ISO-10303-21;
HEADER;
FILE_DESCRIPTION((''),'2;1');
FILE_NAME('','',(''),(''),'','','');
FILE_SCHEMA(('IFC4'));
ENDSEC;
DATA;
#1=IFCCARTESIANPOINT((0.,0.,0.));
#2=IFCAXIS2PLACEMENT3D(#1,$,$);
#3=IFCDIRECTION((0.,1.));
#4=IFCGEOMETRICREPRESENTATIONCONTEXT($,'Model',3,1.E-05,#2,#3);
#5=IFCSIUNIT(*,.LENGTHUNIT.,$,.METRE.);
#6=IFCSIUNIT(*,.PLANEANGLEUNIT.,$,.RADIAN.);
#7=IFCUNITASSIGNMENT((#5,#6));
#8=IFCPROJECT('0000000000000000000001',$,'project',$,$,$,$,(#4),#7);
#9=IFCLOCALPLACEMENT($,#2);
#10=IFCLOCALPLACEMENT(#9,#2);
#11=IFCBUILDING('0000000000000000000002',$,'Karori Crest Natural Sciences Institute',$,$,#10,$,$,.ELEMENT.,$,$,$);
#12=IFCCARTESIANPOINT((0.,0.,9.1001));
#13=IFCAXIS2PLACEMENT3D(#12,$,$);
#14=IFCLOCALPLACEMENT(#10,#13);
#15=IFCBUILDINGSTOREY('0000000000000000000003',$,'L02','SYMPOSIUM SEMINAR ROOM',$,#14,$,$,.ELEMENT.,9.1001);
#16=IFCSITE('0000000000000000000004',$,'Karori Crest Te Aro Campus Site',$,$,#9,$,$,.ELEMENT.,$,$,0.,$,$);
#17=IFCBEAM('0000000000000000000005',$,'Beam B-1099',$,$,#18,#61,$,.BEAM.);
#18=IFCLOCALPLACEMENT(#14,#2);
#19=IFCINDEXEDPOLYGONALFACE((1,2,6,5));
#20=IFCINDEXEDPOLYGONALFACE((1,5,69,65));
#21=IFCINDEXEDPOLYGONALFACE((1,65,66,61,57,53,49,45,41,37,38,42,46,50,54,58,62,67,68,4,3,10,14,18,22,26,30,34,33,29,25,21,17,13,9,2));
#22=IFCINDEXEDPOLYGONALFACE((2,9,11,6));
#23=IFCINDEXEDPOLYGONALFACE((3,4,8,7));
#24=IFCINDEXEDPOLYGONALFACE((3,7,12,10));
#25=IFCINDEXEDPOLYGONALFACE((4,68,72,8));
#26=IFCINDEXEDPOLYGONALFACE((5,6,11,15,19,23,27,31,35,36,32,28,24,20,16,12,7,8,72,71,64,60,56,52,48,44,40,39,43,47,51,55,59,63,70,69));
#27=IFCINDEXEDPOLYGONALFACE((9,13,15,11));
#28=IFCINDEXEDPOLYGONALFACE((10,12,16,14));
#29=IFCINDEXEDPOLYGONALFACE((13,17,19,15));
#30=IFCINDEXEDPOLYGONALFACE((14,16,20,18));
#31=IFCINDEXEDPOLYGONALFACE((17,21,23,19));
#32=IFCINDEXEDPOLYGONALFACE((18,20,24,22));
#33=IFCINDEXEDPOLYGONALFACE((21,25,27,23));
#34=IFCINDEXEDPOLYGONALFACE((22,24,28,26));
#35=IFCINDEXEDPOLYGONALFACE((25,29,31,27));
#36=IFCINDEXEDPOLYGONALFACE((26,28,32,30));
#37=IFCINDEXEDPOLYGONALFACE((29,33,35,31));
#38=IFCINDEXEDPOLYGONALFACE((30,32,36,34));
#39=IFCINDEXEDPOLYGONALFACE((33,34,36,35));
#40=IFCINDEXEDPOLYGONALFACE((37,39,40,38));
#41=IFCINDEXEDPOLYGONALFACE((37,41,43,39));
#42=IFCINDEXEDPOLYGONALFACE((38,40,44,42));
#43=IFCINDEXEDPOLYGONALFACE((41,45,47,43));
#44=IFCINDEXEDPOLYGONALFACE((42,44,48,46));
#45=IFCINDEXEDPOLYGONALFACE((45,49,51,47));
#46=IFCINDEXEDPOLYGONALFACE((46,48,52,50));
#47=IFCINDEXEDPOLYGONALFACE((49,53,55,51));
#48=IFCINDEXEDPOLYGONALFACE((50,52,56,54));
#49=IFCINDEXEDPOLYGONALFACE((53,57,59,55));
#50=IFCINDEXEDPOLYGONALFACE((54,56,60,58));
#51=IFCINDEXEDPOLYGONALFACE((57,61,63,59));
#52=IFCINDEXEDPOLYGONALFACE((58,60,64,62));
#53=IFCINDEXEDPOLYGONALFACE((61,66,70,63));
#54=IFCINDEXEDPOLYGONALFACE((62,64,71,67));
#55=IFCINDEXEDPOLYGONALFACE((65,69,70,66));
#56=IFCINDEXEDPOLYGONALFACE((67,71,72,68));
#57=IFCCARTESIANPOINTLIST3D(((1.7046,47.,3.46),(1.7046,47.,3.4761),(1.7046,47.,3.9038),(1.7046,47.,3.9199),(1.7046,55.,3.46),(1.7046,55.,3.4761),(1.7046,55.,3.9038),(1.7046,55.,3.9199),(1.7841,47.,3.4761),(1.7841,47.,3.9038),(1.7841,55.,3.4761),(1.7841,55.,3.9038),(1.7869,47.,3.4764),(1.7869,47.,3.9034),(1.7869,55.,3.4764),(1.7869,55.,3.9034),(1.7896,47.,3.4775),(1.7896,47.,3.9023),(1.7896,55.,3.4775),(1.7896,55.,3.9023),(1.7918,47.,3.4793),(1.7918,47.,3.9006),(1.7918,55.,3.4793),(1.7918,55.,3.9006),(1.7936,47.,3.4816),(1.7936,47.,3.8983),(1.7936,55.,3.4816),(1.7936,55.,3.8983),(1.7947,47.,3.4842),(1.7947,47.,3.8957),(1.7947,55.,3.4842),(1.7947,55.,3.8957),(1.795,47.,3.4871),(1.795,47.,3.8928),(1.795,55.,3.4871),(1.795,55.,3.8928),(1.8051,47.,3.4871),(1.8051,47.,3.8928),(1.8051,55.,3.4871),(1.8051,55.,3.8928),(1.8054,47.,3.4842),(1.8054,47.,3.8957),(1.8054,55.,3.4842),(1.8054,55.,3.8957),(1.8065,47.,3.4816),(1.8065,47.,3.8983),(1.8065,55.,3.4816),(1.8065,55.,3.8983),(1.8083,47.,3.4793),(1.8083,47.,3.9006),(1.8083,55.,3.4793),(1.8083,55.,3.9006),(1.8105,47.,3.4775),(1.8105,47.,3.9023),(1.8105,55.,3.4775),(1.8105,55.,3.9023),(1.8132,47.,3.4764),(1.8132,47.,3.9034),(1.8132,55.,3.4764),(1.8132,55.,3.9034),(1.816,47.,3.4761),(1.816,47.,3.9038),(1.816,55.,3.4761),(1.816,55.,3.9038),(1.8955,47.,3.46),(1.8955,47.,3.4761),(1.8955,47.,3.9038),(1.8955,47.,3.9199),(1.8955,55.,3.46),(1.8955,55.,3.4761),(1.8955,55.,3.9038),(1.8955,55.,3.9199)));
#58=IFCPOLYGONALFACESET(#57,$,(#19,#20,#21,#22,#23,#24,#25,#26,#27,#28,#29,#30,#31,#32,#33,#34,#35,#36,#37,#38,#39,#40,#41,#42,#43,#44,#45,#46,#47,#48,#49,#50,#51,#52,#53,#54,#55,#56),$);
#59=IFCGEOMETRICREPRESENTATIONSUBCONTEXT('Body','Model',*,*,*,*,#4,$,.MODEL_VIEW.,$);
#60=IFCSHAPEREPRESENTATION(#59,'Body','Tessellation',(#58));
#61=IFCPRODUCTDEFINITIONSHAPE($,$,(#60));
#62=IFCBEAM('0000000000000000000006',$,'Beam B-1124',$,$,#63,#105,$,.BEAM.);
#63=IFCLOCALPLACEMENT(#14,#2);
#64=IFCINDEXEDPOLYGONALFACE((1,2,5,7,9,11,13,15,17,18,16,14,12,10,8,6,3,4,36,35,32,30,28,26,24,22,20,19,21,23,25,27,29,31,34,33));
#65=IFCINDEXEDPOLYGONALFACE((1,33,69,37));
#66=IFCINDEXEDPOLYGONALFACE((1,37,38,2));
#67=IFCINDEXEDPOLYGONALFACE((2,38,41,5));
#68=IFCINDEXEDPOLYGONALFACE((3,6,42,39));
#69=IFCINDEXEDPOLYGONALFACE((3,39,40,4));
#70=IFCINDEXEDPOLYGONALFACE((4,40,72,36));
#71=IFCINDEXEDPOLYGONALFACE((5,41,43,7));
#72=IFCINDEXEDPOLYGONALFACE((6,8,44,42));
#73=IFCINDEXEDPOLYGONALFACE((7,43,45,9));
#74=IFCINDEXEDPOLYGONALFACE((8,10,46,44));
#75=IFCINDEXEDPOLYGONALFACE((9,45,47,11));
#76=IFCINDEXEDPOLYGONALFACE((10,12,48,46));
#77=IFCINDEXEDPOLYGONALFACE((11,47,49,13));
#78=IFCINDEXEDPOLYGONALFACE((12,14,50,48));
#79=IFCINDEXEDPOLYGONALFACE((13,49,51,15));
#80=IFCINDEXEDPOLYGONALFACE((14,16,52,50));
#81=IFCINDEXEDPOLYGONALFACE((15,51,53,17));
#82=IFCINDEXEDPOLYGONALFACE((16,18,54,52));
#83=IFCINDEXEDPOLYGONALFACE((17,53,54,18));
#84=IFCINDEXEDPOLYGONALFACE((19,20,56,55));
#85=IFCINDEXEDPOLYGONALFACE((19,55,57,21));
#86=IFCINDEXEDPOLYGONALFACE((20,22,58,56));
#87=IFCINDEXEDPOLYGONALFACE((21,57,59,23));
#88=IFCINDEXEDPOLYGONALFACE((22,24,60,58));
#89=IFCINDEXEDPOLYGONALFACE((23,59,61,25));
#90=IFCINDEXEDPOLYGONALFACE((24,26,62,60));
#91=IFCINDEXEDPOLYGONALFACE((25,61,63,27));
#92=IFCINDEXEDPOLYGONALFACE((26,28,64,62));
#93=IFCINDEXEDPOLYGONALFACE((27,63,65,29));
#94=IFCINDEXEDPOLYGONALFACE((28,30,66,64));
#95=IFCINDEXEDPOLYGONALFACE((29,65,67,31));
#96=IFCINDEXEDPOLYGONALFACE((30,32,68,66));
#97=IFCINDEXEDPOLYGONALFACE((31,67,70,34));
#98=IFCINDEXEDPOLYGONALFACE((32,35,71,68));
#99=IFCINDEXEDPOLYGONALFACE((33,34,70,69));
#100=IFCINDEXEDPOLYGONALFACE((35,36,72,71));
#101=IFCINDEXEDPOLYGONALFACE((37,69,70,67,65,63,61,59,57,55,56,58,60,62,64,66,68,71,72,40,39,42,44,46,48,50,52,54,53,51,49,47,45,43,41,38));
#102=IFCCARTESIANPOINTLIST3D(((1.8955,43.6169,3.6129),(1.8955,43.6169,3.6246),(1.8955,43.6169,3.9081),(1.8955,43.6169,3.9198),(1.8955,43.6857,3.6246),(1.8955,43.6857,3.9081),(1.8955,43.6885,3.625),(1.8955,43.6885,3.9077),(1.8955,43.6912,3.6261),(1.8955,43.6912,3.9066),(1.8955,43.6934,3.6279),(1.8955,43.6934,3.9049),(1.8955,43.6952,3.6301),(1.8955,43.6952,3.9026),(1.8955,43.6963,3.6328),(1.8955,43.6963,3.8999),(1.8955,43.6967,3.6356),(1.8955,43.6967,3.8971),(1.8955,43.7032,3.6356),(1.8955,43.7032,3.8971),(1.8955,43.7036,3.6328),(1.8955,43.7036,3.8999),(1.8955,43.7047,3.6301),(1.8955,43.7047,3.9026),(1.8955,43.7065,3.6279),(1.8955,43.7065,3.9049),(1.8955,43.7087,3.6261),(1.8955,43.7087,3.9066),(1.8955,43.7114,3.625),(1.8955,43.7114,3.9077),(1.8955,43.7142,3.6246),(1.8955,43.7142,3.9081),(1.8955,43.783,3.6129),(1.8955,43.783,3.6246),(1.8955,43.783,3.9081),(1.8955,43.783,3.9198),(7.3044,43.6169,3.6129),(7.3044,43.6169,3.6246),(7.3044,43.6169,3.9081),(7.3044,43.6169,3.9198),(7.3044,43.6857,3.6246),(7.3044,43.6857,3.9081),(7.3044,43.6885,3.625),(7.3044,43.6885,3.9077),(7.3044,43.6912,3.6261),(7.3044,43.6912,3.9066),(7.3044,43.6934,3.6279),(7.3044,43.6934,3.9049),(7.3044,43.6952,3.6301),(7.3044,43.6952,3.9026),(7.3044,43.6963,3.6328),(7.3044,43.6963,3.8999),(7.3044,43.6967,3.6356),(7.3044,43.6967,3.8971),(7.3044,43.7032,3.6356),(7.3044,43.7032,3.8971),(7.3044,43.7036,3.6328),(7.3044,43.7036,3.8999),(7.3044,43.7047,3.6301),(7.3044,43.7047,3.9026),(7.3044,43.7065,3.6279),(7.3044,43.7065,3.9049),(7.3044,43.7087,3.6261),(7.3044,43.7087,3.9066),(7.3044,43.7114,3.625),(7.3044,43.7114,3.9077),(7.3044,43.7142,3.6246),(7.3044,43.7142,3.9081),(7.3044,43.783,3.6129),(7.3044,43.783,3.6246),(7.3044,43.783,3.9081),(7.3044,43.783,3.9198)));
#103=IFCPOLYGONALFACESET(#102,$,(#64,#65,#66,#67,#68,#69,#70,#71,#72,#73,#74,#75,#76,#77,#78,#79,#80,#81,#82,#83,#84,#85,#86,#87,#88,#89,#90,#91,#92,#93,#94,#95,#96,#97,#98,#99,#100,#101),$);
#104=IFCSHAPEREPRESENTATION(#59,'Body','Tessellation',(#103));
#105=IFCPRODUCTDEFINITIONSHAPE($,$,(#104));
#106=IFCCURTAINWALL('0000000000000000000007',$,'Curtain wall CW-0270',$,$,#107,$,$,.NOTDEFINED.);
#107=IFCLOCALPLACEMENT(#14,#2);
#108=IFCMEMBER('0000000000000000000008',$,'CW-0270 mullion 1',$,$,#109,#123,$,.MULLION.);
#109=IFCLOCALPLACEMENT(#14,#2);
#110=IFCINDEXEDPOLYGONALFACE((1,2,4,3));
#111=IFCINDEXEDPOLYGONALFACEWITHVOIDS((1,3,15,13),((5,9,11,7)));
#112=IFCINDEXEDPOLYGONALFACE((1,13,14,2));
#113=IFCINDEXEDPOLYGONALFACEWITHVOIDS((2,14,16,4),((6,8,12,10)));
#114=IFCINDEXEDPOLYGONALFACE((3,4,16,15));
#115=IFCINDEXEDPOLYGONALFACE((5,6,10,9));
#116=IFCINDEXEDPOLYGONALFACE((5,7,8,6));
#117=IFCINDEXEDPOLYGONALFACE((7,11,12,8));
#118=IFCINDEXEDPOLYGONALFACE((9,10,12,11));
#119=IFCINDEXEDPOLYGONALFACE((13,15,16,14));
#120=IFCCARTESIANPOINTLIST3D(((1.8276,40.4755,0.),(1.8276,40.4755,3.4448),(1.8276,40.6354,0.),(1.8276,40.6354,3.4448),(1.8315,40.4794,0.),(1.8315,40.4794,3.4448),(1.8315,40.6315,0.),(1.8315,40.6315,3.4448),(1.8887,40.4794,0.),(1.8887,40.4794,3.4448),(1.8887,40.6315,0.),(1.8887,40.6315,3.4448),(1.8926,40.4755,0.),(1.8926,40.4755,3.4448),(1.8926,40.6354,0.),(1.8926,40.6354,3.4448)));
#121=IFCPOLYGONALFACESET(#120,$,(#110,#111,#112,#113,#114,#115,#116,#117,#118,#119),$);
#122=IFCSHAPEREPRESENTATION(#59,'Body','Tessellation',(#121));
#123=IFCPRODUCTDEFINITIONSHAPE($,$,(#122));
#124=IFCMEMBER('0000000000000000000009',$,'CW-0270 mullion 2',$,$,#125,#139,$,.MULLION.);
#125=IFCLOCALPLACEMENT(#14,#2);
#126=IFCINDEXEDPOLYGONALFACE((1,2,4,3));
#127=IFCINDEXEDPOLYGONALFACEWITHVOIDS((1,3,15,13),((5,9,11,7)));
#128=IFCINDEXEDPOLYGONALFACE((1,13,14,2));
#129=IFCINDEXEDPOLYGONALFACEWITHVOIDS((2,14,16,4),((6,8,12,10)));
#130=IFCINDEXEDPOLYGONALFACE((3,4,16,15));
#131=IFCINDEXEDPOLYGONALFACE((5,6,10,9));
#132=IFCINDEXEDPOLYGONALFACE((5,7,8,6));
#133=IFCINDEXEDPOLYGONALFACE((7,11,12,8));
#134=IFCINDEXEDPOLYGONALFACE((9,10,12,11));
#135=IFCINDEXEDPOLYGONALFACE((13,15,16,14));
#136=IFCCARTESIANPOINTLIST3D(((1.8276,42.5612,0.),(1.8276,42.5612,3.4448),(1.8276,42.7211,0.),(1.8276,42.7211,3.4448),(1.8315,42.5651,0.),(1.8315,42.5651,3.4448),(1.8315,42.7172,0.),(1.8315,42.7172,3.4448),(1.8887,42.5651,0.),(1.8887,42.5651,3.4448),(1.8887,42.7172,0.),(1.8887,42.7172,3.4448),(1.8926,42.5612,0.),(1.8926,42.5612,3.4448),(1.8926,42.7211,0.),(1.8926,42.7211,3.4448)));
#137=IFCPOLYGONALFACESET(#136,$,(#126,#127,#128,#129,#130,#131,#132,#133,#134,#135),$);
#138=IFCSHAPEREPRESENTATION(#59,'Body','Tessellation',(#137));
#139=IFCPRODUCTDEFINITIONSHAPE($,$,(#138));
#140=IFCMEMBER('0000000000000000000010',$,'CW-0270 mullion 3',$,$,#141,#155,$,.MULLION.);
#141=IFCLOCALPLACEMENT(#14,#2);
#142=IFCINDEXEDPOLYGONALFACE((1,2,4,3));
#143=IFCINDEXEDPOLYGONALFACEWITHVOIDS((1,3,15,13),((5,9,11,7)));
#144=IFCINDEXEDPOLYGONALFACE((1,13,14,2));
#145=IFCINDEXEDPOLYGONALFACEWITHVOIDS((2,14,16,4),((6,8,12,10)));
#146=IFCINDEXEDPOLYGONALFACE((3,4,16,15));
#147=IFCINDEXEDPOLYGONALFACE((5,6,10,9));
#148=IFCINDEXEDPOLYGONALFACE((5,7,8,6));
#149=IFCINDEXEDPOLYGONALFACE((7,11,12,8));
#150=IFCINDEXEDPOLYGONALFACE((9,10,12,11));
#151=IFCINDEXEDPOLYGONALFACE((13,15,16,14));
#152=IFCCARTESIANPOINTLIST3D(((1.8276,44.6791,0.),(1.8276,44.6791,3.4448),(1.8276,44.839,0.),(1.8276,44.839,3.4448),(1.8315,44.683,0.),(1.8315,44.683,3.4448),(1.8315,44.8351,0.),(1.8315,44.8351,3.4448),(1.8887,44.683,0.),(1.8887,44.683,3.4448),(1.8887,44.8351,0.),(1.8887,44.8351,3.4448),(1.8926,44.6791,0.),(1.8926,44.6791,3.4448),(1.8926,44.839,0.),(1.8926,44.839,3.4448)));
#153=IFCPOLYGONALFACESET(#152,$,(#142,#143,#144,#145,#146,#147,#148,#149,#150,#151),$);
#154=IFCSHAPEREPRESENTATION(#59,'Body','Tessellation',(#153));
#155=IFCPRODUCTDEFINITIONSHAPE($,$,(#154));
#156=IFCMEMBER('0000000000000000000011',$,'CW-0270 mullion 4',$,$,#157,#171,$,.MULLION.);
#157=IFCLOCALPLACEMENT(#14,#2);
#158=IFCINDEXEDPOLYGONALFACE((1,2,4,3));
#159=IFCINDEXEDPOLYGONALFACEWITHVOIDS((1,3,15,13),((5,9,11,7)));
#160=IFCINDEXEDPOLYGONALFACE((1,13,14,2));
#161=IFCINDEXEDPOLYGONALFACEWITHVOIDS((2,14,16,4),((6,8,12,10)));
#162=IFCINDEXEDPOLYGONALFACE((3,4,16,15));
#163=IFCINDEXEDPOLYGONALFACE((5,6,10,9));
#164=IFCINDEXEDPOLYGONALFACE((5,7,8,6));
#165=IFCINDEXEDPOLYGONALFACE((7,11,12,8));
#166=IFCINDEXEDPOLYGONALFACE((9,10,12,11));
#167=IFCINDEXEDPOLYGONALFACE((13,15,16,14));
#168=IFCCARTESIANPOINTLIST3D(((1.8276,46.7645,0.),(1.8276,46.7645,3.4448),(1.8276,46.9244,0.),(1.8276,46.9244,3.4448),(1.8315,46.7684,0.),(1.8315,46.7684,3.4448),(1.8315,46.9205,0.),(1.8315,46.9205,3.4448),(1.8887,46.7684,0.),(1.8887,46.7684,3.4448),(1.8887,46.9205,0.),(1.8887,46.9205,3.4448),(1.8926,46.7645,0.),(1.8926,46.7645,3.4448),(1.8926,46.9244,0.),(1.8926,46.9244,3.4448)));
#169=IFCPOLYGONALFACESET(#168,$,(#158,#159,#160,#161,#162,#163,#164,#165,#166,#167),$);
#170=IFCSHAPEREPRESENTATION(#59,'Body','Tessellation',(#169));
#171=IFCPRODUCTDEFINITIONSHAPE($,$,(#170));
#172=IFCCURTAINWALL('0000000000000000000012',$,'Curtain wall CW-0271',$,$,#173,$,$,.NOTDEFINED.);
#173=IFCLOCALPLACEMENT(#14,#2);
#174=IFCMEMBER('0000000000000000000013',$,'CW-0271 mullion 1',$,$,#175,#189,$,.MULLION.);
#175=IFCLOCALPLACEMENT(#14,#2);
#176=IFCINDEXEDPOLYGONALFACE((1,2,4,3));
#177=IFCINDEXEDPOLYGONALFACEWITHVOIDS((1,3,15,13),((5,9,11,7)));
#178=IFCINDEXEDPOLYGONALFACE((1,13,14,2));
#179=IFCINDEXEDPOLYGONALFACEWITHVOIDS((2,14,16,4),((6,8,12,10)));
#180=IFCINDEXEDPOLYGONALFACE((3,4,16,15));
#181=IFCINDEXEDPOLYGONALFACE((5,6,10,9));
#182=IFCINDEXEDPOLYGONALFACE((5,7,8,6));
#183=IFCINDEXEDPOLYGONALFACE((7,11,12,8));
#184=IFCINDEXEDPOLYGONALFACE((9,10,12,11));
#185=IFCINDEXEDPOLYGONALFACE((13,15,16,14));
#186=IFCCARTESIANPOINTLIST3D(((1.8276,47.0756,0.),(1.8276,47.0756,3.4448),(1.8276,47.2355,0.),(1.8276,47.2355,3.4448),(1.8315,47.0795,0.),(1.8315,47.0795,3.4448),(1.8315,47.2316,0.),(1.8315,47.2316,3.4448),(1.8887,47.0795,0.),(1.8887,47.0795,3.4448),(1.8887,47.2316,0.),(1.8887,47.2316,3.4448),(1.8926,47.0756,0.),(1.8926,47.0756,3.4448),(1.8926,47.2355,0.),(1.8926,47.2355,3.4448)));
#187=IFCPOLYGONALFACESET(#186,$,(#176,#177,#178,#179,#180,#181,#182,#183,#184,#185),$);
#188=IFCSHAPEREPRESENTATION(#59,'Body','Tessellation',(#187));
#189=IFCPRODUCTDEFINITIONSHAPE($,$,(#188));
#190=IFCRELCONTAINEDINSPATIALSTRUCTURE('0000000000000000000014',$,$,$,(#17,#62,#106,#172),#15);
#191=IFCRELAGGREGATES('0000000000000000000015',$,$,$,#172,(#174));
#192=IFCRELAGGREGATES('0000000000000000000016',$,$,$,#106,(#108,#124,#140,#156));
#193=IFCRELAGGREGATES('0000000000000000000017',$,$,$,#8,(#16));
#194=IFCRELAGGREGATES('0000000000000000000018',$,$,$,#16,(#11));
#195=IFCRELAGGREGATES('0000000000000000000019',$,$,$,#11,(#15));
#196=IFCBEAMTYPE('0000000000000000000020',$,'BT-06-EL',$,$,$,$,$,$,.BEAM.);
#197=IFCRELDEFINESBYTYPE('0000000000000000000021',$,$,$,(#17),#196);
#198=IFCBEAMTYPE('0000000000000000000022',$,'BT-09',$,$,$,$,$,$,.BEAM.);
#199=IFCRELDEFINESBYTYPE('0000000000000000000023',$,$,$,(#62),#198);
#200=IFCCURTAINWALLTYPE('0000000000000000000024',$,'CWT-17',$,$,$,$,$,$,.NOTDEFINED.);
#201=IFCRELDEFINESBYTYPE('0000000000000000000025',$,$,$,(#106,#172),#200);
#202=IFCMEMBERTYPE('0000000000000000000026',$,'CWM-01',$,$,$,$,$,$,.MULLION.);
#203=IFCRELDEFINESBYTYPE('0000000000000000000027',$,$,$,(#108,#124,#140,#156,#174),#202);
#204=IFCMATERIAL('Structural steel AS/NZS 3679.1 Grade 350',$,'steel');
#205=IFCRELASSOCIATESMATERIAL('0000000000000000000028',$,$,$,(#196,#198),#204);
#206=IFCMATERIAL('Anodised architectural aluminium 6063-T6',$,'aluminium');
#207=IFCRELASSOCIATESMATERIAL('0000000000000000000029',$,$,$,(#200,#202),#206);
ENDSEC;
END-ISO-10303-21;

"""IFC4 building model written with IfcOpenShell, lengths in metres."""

from ifc_helpers import new_model, si_unit, direction, frame, origin, origin_2d, place, context, subcontext, project, spatial, hollow_rectangle, i_section, extrude, material, material_profile, profile_set, type_object, element, aggregate, save


model = new_model("IFC4")

# Units and contexts
model_context = context("Model", 3, precision=1e-05, world=origin(), true_north=direction((0.0, 1.0)))
body_context = subcontext(model_context, "Body", "Model", "MODEL_VIEW")
ifc_project = project(units=[si_unit("LENGTHUNIT", "METRE"), si_unit("PLANEANGLEUNIT", "RADIAN")], contexts=[model_context])

# Site, building, storey
site_placement = place(None, origin())
site = spatial("IfcSite", under=ifc_project, at=site_placement, Name="Karori Crest Te Aro Campus Site", CompositionType="ELEMENT", RefElevation=0.0)
building_placement = place(site_placement, origin())
building = spatial("IfcBuilding", under=site, at=building_placement, Name="Karori Crest Natural Sciences Institute", CompositionType="ELEMENT")
storey_placement = place(building_placement, frame((0.0, 0.0, 9.1001)))
storey = spatial("IfcBuildingStorey", under=building, at=storey_placement, Name="L02", Description="SYMPOSIUM SEMINAR ROOM", CompositionType="ELEMENT", Elevation=9.1001)

# Beams
ifc_material_1 = material(Name="Structural steel AS/NZS 3679.1 Grade 350", Category="steel")
ifc_material_profile_1 = material_profile(ifc_material_1, i_section(OverallWidth=0.1909, OverallDepth=0.46, WebThickness=0.01, FlangeThickness=0.0161, FilletRadius=0.011, at=origin_2d()), Name="460UB82.1")
ifc_profile_set_1 = profile_set([ifc_material_profile_1], Name="Structural steel AS/NZS 3679.1 Grade 350")
beam_type_1 = type_object("IfcBeamType", Name="BT-06-EL", PredefinedType="BEAM", material=ifc_profile_set_1)
beam_1_placement = place(storey_placement, frame((1.8, 47.0, 3.6899), z_axis=(0.0, 1.0, 0.0), x_axis=(-1.0, 0.0, 0.0)))
element("IfcBeam", 1, at=beam_1_placement, inside=storey, type_object=beam_type_1, Name="Beam B-1099", PredefinedType="BEAM", context=body_context, shape_type="SweptSolid", body=[
    extrude(i_section(OverallWidth=0.1909, OverallDepth=0.46, WebThickness=0.01, FlangeThickness=0.0161, FilletRadius=0.011, at=origin_2d()), origin(), (0.0, 0.0, 1.0), 8.0),
])
ifc_material_profile_2 = material_profile(ifc_material_1, i_section(OverallWidth=0.166, OverallDepth=0.3069, WebThickness=0.0066, FlangeThickness=0.0117, FilletRadius=0.011, at=origin_2d()), Name="310UB46.2")
ifc_profile_set_2 = profile_set([ifc_material_profile_2], Name="Structural steel AS/NZS 3679.1 Grade 350")
beam_type_2 = type_object("IfcBeamType", Name="BT-09", PredefinedType="BEAM", material=ifc_profile_set_2)
beam_2_placement = place(storey_placement, frame((1.8955, 43.7, 3.7664), z_axis=(1.0, 0.0, 0.0), x_axis=(0.0, 1.0, 0.0)))
element("IfcBeam", 2, at=beam_2_placement, inside=storey, type_object=beam_type_2, Name="Beam B-1124", PredefinedType="BEAM", context=body_context, shape_type="SweptSolid", body=[
    extrude(i_section(OverallWidth=0.166, OverallDepth=0.3069, WebThickness=0.0066, FlangeThickness=0.0117, FilletRadius=0.011, at=origin_2d()), origin(), (0.0, 0.0, 1.0), 5.4089),
])

# Curtain wall, members
ifc_material_2 = material(Name="Anodised architectural aluminium 6063-T6", Category="aluminium")
curtain_wall_type = type_object("IfcCurtainWallType", Name="CWT-17", PredefinedType="NOTDEFINED", material=ifc_material_2)
curtain_wall_1_placement = place(storey_placement, origin())
curtain_wall_1 = element("IfcCurtainWall", 3, at=curtain_wall_1_placement, inside=storey, type_object=curtain_wall_type, Name="Curtain wall CW-0270", PredefinedType="NOTDEFINED")
ifc_material_profile_3 = material_profile(ifc_material_2, hollow_rectangle(XDim=0.0649, YDim=0.1599, WallThickness=0.0039, at=origin_2d()), Name="CWM160x65x4")
ifc_profile_set_3 = profile_set([ifc_material_profile_3], Name="Anodised architectural aluminium 6063-T6")
member_type_1 = type_object("IfcMemberType", Name="CWM-01", PredefinedType="MULLION", material=ifc_profile_set_3)
member_1_placement = place(storey_placement, frame((1.8601, 40.5554, 0.0), z_axis=(0.0, 0.0, 1.0), x_axis=(-1.0, 0.0, 0.0)))
member_1 = element("IfcMember", 4, at=member_1_placement, type_object=member_type_1, Name="CW-0270 mullion 1", PredefinedType="MULLION", context=body_context, shape_type="SweptSolid", body=[
    extrude(hollow_rectangle(XDim=0.0649, YDim=0.1599, WallThickness=0.0039, at=origin_2d()), origin(), (0.0, 0.0, 1.0), 3.4448),
])
member_2_placement = place(storey_placement, frame((1.8601, 42.6411, 0.0), z_axis=(0.0, 0.0, 1.0), x_axis=(-1.0, 0.0, 0.0)))
member_2 = element("IfcMember", 5, at=member_2_placement, type_object=member_type_1, Name="CW-0270 mullion 2", PredefinedType="MULLION", context=body_context, shape_type="SweptSolid", body=[
    extrude(hollow_rectangle(XDim=0.0649, YDim=0.1599, WallThickness=0.0039, at=origin_2d()), origin(), (0.0, 0.0, 1.0), 3.4448),
])
member_3_placement = place(storey_placement, frame((1.8601, 44.759, 0.0), z_axis=(0.0, 0.0, 1.0), x_axis=(-1.0, 0.0, 0.0)))
member_3 = element("IfcMember", 6, at=member_3_placement, type_object=member_type_1, Name="CW-0270 mullion 3", PredefinedType="MULLION", context=body_context, shape_type="SweptSolid", body=[
    extrude(hollow_rectangle(XDim=0.0649, YDim=0.1599, WallThickness=0.0039, at=origin_2d()), origin(), (0.0, 0.0, 1.0), 3.4448),
])
member_4_placement = place(storey_placement, frame((1.8601, 46.8445, 0.0), z_axis=(0.0, 0.0, 1.0), x_axis=(-1.0, 0.0, 0.0)))
member_4 = element("IfcMember", 7, at=member_4_placement, type_object=member_type_1, Name="CW-0270 mullion 4", PredefinedType="MULLION", context=body_context, shape_type="SweptSolid", body=[
    extrude(hollow_rectangle(XDim=0.0649, YDim=0.1599, WallThickness=0.0039, at=origin_2d()), origin(), (0.0, 0.0, 1.0), 3.4448),
])

# Curtain wall, member
curtain_wall_2_placement = place(storey_placement, origin())
curtain_wall_2 = element("IfcCurtainWall", 8, at=curtain_wall_2_placement, inside=storey, type_object=curtain_wall_type, Name="Curtain wall CW-0271", PredefinedType="NOTDEFINED")
member_5_placement = place(storey_placement, frame((1.8601, 47.1555, 0.0), z_axis=(0.0, 0.0, 1.0), x_axis=(-1.0, 0.0, 0.0)))
member_5 = element("IfcMember", 9, at=member_5_placement, type_object=member_type_1, Name="CW-0271 mullion 1", PredefinedType="MULLION", context=body_context, shape_type="SweptSolid", body=[
    extrude(hollow_rectangle(XDim=0.0649, YDim=0.1599, WallThickness=0.0039, at=origin_2d()), origin(), (0.0, 0.0, 1.0), 3.4448),
])

aggregate(curtain_wall_2, [member_5])

aggregate(curtain_wall_1, [member_1, member_2, member_3, member_4])

save(model, "model.ifc")
